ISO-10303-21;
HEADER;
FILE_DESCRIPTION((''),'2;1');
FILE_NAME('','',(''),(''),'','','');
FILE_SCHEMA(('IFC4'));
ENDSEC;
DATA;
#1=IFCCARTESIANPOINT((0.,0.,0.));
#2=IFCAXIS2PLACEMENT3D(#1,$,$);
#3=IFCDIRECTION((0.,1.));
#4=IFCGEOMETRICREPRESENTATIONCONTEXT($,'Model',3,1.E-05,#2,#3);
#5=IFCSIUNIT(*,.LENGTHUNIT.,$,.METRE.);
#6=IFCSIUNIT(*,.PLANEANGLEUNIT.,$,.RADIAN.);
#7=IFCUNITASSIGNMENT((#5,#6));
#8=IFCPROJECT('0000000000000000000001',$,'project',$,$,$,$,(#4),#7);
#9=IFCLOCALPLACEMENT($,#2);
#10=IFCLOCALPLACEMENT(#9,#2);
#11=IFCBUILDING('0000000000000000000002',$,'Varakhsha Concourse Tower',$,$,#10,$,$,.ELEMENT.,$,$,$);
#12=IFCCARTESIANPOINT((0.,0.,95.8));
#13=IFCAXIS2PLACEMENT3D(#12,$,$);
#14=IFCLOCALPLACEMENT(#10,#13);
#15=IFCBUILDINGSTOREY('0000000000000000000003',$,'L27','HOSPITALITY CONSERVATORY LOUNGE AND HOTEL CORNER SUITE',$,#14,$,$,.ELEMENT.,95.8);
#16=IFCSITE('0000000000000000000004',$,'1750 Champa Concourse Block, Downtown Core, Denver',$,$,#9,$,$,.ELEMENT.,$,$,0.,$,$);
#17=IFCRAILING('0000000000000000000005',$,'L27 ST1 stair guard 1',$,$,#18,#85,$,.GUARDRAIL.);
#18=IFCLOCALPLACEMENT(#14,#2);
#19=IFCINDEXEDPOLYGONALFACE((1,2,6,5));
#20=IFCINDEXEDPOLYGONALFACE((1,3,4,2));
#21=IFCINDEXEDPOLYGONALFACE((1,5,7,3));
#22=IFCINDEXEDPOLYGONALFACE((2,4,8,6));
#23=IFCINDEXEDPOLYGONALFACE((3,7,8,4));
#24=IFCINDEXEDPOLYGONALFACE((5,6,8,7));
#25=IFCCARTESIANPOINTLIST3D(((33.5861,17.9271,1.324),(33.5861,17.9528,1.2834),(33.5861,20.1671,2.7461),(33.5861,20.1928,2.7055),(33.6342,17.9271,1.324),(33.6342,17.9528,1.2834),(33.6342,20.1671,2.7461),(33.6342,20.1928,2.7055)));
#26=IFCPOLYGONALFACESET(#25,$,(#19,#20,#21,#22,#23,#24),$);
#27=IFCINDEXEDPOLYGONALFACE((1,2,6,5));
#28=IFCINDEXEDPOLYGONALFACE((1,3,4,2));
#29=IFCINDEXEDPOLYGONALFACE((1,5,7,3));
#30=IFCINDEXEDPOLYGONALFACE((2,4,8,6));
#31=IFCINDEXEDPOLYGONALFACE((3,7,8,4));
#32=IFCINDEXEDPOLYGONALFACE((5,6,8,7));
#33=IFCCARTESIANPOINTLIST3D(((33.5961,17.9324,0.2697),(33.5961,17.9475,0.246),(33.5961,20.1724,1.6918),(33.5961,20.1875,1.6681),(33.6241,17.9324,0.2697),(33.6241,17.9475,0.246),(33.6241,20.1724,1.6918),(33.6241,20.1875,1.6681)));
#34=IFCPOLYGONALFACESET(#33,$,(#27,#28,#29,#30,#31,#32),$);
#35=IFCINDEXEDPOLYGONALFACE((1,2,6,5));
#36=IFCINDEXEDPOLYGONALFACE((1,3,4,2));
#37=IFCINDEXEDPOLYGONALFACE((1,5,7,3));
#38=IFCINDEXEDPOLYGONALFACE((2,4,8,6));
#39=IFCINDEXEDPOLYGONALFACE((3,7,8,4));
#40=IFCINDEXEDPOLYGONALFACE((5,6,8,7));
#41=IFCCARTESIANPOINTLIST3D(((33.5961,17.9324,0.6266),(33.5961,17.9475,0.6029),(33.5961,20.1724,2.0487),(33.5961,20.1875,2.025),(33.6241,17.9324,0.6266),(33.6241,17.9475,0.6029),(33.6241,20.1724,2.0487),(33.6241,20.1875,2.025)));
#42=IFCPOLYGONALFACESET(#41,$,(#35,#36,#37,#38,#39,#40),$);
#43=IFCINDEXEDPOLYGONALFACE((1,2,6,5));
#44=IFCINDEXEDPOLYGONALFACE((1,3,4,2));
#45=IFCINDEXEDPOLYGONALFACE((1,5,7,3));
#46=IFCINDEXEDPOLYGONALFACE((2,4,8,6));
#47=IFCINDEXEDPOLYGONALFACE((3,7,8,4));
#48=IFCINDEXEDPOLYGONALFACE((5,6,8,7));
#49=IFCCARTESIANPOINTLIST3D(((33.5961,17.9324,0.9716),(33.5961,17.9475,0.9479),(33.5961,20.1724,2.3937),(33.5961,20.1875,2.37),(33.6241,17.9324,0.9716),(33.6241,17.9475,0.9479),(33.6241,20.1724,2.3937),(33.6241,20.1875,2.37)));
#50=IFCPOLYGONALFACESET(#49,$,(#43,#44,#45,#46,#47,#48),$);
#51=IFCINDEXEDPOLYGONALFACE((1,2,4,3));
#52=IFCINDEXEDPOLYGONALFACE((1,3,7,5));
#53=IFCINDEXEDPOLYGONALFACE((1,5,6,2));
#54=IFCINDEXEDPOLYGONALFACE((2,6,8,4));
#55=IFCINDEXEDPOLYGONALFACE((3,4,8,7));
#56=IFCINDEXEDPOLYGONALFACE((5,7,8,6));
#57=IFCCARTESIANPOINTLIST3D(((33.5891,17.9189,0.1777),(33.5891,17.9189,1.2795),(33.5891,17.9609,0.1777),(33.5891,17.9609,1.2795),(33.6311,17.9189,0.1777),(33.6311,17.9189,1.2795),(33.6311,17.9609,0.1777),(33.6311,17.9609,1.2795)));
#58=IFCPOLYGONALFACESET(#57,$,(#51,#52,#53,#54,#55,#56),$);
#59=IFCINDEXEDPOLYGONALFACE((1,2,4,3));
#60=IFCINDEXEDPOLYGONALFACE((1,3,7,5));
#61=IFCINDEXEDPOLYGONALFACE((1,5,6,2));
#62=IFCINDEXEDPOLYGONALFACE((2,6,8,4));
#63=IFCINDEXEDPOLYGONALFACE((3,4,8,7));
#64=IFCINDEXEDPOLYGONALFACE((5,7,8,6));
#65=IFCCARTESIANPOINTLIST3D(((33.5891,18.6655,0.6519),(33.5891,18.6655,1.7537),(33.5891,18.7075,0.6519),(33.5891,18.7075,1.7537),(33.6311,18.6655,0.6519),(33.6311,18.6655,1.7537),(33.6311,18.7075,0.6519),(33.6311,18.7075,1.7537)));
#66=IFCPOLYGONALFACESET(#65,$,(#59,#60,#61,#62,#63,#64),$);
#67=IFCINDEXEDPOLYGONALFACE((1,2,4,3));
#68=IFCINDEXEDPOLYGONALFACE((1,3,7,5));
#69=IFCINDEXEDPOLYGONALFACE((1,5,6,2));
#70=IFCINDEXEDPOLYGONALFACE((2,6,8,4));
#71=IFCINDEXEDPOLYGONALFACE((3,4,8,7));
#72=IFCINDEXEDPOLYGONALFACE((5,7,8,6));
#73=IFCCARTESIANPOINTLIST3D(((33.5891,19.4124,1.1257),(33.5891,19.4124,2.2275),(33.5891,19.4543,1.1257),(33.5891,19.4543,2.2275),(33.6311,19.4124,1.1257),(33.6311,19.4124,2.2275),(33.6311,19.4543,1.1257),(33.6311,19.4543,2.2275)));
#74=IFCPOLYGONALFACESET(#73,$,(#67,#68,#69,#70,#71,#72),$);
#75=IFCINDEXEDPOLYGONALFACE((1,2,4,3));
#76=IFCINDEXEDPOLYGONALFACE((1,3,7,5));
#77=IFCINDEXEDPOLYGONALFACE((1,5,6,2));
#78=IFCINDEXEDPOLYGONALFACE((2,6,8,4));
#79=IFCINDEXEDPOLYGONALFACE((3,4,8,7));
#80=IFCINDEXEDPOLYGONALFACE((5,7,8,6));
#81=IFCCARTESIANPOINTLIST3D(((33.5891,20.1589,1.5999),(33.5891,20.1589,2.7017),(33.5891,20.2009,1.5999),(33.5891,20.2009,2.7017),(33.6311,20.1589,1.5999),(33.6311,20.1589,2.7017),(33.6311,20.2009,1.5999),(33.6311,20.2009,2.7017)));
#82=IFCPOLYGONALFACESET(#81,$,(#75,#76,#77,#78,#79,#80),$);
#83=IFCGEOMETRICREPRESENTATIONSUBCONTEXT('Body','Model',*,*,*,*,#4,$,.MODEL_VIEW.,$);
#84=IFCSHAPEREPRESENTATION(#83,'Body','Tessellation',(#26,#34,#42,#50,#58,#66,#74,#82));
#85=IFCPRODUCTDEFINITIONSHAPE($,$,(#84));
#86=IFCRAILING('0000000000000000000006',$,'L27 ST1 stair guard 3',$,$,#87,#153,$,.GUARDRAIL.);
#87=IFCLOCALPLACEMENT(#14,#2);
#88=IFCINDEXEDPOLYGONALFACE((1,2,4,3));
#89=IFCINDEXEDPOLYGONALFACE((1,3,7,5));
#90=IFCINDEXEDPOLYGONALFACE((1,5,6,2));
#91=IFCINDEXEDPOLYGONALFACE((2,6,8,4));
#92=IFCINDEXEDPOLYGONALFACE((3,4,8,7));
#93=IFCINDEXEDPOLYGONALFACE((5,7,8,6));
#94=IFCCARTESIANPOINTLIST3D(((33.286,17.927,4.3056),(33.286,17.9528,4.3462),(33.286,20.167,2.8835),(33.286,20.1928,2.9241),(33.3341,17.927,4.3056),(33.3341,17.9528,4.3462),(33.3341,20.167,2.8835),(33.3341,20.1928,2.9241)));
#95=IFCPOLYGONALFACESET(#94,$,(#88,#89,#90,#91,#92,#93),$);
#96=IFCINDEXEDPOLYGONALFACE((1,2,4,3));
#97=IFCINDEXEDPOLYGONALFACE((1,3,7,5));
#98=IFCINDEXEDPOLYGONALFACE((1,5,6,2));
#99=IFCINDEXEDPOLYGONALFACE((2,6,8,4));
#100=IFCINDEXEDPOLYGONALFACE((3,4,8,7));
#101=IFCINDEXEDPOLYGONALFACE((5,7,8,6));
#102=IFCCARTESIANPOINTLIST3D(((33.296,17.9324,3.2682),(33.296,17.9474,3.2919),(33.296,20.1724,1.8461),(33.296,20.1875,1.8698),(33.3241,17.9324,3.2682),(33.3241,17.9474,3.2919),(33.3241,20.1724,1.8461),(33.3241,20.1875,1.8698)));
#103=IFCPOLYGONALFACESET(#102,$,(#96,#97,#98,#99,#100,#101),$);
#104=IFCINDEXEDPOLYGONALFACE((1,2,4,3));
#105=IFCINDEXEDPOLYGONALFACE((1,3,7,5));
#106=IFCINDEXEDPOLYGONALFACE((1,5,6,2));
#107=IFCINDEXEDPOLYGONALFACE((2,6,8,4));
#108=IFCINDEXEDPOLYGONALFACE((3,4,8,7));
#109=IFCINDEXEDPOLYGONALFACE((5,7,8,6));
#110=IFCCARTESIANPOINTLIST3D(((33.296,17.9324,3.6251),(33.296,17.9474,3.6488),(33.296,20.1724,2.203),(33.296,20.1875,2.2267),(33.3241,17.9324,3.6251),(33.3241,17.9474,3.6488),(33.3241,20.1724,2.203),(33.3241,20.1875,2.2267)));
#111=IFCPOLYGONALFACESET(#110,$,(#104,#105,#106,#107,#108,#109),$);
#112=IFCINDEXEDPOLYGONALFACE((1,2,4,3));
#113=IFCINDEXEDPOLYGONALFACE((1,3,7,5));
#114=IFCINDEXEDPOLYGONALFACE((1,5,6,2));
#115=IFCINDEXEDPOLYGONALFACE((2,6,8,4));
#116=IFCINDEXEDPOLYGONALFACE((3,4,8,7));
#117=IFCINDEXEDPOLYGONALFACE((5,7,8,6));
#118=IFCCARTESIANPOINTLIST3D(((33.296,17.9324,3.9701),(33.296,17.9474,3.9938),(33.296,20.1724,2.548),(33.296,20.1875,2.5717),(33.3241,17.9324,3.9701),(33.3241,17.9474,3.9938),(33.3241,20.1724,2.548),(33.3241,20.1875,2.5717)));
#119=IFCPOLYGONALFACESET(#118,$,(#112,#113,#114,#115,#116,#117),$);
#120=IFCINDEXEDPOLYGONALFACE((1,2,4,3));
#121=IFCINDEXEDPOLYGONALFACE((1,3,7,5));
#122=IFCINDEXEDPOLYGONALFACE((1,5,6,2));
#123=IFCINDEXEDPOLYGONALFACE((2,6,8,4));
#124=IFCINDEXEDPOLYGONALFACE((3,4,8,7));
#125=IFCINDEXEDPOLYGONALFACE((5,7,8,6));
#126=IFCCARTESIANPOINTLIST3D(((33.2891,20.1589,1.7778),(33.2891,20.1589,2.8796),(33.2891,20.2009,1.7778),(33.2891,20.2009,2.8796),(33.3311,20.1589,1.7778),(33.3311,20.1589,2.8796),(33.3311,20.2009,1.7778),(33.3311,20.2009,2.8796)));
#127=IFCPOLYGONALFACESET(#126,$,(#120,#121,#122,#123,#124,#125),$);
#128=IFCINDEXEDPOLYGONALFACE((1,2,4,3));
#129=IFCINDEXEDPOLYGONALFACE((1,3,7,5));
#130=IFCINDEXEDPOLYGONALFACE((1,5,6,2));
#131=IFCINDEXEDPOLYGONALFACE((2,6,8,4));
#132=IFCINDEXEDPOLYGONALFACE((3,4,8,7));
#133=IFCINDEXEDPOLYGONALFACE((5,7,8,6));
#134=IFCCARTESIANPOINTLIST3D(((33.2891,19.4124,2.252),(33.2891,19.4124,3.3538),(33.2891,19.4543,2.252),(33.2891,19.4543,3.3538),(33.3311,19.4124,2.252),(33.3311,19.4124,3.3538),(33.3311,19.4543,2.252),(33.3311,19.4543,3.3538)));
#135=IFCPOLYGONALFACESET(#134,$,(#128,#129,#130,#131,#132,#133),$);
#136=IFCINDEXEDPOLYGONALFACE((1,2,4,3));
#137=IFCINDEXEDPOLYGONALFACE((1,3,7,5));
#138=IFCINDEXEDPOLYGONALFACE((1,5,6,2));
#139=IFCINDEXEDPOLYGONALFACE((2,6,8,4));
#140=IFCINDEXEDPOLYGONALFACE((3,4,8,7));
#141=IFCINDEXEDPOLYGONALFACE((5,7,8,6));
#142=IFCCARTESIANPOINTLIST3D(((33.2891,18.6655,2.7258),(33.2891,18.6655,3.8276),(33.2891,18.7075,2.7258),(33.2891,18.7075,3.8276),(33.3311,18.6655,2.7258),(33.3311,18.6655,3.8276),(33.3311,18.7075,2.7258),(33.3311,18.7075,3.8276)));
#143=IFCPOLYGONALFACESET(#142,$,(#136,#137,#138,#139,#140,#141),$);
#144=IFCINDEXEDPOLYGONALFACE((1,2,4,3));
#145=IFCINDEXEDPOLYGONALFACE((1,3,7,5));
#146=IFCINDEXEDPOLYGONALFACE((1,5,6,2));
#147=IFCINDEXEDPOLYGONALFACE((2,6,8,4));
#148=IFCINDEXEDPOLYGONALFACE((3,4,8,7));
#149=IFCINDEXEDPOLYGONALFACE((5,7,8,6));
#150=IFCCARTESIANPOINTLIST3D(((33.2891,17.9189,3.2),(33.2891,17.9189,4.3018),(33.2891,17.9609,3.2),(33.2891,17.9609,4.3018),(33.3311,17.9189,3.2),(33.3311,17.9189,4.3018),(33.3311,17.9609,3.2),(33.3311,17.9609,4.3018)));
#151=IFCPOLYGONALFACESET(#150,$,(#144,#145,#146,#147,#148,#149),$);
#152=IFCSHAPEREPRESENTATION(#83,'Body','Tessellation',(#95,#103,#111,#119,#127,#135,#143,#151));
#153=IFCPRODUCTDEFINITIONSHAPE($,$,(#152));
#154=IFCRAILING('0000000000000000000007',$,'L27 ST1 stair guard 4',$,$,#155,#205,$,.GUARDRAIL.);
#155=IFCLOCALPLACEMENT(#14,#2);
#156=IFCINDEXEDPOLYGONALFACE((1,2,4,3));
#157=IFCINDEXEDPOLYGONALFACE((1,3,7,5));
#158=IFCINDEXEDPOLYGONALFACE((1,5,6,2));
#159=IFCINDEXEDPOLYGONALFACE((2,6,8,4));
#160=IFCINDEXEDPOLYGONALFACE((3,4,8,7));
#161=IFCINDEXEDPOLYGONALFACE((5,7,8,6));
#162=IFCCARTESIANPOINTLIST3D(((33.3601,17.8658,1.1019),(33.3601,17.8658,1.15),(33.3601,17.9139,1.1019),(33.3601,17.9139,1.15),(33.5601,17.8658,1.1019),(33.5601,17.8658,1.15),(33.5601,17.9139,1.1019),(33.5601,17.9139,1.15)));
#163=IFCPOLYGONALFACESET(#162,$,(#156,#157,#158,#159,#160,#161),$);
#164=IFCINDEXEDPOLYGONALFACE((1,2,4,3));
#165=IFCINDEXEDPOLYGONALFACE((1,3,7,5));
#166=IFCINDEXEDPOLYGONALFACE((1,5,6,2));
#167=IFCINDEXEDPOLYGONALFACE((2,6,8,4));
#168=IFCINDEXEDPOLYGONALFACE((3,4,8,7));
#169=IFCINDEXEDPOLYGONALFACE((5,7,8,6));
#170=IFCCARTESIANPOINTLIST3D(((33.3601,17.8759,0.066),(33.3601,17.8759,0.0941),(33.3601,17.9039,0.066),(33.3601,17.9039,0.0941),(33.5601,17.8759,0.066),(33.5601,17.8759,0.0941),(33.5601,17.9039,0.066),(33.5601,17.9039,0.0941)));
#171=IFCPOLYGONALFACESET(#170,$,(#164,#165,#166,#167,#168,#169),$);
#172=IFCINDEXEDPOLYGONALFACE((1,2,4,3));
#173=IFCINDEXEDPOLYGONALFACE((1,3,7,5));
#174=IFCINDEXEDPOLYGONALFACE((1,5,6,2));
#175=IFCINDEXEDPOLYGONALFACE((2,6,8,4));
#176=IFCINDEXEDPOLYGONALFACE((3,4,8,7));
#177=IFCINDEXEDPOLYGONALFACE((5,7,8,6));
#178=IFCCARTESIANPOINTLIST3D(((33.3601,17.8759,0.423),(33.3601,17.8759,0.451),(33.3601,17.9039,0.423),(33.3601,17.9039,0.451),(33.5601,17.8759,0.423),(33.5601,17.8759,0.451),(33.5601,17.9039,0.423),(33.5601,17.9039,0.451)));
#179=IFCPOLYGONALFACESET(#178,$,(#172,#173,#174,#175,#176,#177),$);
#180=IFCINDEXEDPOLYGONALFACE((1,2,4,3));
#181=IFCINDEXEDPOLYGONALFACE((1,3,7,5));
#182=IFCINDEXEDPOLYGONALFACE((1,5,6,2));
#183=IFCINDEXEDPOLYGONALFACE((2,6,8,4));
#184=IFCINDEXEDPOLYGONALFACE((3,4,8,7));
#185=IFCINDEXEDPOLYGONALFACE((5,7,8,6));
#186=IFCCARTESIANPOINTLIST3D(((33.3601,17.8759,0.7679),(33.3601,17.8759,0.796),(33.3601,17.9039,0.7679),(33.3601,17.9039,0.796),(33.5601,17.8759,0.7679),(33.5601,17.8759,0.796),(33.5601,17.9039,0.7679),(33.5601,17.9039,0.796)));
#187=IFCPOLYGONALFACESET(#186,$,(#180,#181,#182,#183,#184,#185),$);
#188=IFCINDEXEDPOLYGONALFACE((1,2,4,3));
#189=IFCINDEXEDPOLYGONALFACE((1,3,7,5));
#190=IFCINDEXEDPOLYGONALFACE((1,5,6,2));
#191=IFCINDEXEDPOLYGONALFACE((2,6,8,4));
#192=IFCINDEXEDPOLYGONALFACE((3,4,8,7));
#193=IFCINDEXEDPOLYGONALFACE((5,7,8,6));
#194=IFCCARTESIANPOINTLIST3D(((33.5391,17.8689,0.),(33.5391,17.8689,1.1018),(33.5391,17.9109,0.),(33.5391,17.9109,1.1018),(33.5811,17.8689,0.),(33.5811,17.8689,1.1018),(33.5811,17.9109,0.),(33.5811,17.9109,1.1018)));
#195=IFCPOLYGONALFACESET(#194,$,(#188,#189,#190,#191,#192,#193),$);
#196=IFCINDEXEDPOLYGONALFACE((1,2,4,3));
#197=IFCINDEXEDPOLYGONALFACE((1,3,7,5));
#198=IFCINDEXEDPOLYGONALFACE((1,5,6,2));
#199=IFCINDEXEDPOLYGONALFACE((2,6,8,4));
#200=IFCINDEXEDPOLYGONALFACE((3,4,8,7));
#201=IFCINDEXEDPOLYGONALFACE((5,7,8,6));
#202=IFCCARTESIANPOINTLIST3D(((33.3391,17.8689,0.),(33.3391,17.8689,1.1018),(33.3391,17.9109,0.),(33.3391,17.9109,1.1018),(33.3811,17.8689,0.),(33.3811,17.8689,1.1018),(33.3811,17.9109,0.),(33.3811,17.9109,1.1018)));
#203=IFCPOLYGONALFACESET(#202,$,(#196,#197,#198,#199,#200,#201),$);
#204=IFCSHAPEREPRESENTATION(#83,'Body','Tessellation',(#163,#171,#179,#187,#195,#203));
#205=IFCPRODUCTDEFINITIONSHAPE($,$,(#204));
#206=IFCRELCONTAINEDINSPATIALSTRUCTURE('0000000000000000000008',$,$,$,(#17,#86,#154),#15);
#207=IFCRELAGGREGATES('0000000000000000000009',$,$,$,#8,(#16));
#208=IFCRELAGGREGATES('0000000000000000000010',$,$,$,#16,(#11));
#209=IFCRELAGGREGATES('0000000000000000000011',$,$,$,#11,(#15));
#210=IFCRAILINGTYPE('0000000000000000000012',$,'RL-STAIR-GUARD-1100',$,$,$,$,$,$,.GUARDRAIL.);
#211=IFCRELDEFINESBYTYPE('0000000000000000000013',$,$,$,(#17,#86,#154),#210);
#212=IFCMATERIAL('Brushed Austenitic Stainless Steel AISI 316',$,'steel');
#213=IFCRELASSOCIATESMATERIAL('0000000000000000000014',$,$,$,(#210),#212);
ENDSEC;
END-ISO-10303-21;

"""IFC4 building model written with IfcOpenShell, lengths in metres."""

from ifc_helpers import new_model, si_unit, direction, frame, origin, origin_2d, place, context, subcontext, project, spatial, rectangle, extrude, material, type_object, element, save


model = new_model("IFC4")

# Units and contexts
model_context = context("Model", 3, precision=1e-05, world=origin(), true_north=direction((0.0, 1.0)))
body_context = subcontext(model_context, "Body", "Model", "MODEL_VIEW")
ifc_project = project(units=[si_unit("LENGTHUNIT", "METRE"), si_unit("PLANEANGLEUNIT", "RADIAN")], contexts=[model_context])

# Site, building, storey
site_placement = place(None, origin())
site = spatial("IfcSite", under=ifc_project, at=site_placement, Name="1750 Champa Concourse Block, Downtown Core, Denver", CompositionType="ELEMENT", RefElevation=0.0)
building_placement = place(site_placement, origin())
building = spatial("IfcBuilding", under=site, at=building_placement, Name="Varakhsha Concourse Tower", CompositionType="ELEMENT")
storey_placement = place(building_placement, frame((0.0, 0.0, 95.8)))
storey = spatial("IfcBuildingStorey", under=building, at=storey_placement, Name="L27", Description="HOSPITALITY CONSERVATORY LOUNGE AND HOTEL CORNER SUITE", CompositionType="ELEMENT", Elevation=95.8)

# Railings
ifc_material_1 = material(Name="Brushed Austenitic Stainless Steel AISI 316", Category="steel")
railing_type_1 = type_object("IfcRailingType", Name="RL-STAIR-GUARD-1100", PredefinedType="GUARDRAIL", material=ifc_material_1)
railing_1_placement = place(storey_placement, frame((33.6101, 17.9399, 0.1777)))
element("IfcRailing", 1, at=railing_1_placement, inside=storey, type_object=railing_type_1, Name="L27 ST1 stair guard 1", PredefinedType="GUARDRAIL", context=body_context, shape_type="SweptSolid", body=[
    extrude(rectangle(XDim=0.0481, YDim=0.0481, at=origin_2d()), frame((0.0, 0.0, 1.126), z_axis=(0.0, 0.844229, 0.535982), x_axis=(-1.0, 0.0, 0.0)), (0.0, 0.0, 1.0), 2.6533),
    extrude(rectangle(XDim=0.0281, YDim=0.0281, at=origin_2d()), frame((0.0, 0.0, 0.0801), z_axis=(0.0, 0.844229, 0.535982), x_axis=(-1.0, 0.0, 0.0)), (0.0, 0.0, 1.0), 2.6533),
    extrude(rectangle(XDim=0.0281, YDim=0.0281, at=origin_2d()), frame((0.0, 0.0, 0.437), z_axis=(0.0, 0.844229, 0.535982), x_axis=(-1.0, 0.0, 0.0)), (0.0, 0.0, 1.0), 2.6533),
    extrude(rectangle(XDim=0.0281, YDim=0.0281, at=origin_2d()), frame((0.0, 0.0, 0.782), z_axis=(0.0, 0.844229, 0.535982), x_axis=(-1.0, 0.0, 0.0)), (0.0, 0.0, 1.0), 2.6533),
    extrude(rectangle(XDim=0.042, YDim=0.042, at=origin_2d()), origin(), (0.0, 0.0, 1.0), 1.1018),
    extrude(rectangle(XDim=0.042, YDim=0.042, at=origin_2d()), frame((0.0, 0.7466, 0.4741)), (0.0, 0.0, 1.0), 1.1018),
    extrude(rectangle(XDim=0.042, YDim=0.042, at=origin_2d()), frame((0.0, 1.4934, 0.948)), (0.0, 0.0, 1.0), 1.1018),
    extrude(rectangle(XDim=0.042, YDim=0.042, at=origin_2d()), frame((0.0, 2.24, 1.4221)), (0.0, 0.0, 1.0), 1.1018),
])
railing_2_placement = place(storey_placement, frame((33.3101, 20.1799, 1.7778)))
element("IfcRailing", 2, at=railing_2_placement, inside=storey, type_object=railing_type_1, Name="L27 ST1 stair guard 3", PredefinedType="GUARDRAIL", context=body_context, shape_type="SweptSolid", body=[
    extrude(rectangle(XDim=0.0481, YDim=0.0481, at=origin_2d()), frame((0.0, 0.0, 1.126), z_axis=(0.0, -0.844229, 0.535982), x_axis=(1.0, 0.0, 0.0)), (0.0, 0.0, 1.0), 2.6533),
    extrude(rectangle(XDim=0.0281, YDim=0.0281, at=origin_2d()), frame((0.0, 0.0, 0.0801), z_axis=(0.0, -0.844229, 0.535982), x_axis=(1.0, 0.0, 0.0)), (0.0, 0.0, 1.0), 2.6533),
    extrude(rectangle(XDim=0.0281, YDim=0.0281, at=origin_2d()), frame((0.0, 0.0, 0.437), z_axis=(0.0, -0.844229, 0.535982), x_axis=(1.0, 0.0, 0.0)), (0.0, 0.0, 1.0), 2.6533),
    extrude(rectangle(XDim=0.0281, YDim=0.0281, at=origin_2d()), frame((0.0, 0.0, 0.782), z_axis=(0.0, -0.844229, 0.535982), x_axis=(1.0, 0.0, 0.0)), (0.0, 0.0, 1.0), 2.6533),
    extrude(rectangle(XDim=0.042, YDim=0.042, at=origin_2d()), origin(), (0.0, 0.0, 1.0), 1.1018),
    extrude(rectangle(XDim=0.042, YDim=0.042, at=origin_2d()), frame((0.0, -0.7466, 0.4741)), (0.0, 0.0, 1.0), 1.1018),
    extrude(rectangle(XDim=0.042, YDim=0.042, at=origin_2d()), frame((0.0, -1.4934, 0.948)), (0.0, 0.0, 1.0), 1.1018),
    extrude(rectangle(XDim=0.042, YDim=0.042, at=origin_2d()), frame((0.0, -2.24, 1.4221)), (0.0, 0.0, 1.0), 1.1018),
])
railing_3_placement = place(storey_placement, frame((33.5601, 17.8899, 0.0)))
element("IfcRailing", 3, at=railing_3_placement, inside=storey, type_object=railing_type_1, Name="L27 ST1 stair guard 4", PredefinedType="GUARDRAIL", context=body_context, shape_type="SweptSolid", body=[
    extrude(rectangle(XDim=0.0481, YDim=0.0481, at=origin_2d()), frame((0.0, 0.0, 1.126), z_axis=(-1.0, 0.0, 0.0), x_axis=(0.0, -1.0, 0.0)), (0.0, 0.0, 1.0), 0.2),
    extrude(rectangle(XDim=0.0281, YDim=0.0281, at=origin_2d()), frame((0.0, 0.0, 0.0801), z_axis=(-1.0, 0.0, 0.0), x_axis=(0.0, -1.0, 0.0)), (0.0, 0.0, 1.0), 0.2),
    extrude(rectangle(XDim=0.0281, YDim=0.0281, at=origin_2d()), frame((0.0, 0.0, 0.437), z_axis=(-1.0, 0.0, 0.0), x_axis=(0.0, -1.0, 0.0)), (0.0, 0.0, 1.0), 0.2),
    extrude(rectangle(XDim=0.0281, YDim=0.0281, at=origin_2d()), frame((0.0, 0.0, 0.782), z_axis=(-1.0, 0.0, 0.0), x_axis=(0.0, -1.0, 0.0)), (0.0, 0.0, 1.0), 0.2),
    extrude(rectangle(XDim=0.042, YDim=0.042, at=origin_2d()), origin(), (0.0, 0.0, 1.0), 1.1018),
    extrude(rectangle(XDim=0.042, YDim=0.042, at=origin_2d()), frame((-0.2, 0.0, 0.0)), (0.0, 0.0, 1.0), 1.1018),
])

save(model, "model.ifc")
